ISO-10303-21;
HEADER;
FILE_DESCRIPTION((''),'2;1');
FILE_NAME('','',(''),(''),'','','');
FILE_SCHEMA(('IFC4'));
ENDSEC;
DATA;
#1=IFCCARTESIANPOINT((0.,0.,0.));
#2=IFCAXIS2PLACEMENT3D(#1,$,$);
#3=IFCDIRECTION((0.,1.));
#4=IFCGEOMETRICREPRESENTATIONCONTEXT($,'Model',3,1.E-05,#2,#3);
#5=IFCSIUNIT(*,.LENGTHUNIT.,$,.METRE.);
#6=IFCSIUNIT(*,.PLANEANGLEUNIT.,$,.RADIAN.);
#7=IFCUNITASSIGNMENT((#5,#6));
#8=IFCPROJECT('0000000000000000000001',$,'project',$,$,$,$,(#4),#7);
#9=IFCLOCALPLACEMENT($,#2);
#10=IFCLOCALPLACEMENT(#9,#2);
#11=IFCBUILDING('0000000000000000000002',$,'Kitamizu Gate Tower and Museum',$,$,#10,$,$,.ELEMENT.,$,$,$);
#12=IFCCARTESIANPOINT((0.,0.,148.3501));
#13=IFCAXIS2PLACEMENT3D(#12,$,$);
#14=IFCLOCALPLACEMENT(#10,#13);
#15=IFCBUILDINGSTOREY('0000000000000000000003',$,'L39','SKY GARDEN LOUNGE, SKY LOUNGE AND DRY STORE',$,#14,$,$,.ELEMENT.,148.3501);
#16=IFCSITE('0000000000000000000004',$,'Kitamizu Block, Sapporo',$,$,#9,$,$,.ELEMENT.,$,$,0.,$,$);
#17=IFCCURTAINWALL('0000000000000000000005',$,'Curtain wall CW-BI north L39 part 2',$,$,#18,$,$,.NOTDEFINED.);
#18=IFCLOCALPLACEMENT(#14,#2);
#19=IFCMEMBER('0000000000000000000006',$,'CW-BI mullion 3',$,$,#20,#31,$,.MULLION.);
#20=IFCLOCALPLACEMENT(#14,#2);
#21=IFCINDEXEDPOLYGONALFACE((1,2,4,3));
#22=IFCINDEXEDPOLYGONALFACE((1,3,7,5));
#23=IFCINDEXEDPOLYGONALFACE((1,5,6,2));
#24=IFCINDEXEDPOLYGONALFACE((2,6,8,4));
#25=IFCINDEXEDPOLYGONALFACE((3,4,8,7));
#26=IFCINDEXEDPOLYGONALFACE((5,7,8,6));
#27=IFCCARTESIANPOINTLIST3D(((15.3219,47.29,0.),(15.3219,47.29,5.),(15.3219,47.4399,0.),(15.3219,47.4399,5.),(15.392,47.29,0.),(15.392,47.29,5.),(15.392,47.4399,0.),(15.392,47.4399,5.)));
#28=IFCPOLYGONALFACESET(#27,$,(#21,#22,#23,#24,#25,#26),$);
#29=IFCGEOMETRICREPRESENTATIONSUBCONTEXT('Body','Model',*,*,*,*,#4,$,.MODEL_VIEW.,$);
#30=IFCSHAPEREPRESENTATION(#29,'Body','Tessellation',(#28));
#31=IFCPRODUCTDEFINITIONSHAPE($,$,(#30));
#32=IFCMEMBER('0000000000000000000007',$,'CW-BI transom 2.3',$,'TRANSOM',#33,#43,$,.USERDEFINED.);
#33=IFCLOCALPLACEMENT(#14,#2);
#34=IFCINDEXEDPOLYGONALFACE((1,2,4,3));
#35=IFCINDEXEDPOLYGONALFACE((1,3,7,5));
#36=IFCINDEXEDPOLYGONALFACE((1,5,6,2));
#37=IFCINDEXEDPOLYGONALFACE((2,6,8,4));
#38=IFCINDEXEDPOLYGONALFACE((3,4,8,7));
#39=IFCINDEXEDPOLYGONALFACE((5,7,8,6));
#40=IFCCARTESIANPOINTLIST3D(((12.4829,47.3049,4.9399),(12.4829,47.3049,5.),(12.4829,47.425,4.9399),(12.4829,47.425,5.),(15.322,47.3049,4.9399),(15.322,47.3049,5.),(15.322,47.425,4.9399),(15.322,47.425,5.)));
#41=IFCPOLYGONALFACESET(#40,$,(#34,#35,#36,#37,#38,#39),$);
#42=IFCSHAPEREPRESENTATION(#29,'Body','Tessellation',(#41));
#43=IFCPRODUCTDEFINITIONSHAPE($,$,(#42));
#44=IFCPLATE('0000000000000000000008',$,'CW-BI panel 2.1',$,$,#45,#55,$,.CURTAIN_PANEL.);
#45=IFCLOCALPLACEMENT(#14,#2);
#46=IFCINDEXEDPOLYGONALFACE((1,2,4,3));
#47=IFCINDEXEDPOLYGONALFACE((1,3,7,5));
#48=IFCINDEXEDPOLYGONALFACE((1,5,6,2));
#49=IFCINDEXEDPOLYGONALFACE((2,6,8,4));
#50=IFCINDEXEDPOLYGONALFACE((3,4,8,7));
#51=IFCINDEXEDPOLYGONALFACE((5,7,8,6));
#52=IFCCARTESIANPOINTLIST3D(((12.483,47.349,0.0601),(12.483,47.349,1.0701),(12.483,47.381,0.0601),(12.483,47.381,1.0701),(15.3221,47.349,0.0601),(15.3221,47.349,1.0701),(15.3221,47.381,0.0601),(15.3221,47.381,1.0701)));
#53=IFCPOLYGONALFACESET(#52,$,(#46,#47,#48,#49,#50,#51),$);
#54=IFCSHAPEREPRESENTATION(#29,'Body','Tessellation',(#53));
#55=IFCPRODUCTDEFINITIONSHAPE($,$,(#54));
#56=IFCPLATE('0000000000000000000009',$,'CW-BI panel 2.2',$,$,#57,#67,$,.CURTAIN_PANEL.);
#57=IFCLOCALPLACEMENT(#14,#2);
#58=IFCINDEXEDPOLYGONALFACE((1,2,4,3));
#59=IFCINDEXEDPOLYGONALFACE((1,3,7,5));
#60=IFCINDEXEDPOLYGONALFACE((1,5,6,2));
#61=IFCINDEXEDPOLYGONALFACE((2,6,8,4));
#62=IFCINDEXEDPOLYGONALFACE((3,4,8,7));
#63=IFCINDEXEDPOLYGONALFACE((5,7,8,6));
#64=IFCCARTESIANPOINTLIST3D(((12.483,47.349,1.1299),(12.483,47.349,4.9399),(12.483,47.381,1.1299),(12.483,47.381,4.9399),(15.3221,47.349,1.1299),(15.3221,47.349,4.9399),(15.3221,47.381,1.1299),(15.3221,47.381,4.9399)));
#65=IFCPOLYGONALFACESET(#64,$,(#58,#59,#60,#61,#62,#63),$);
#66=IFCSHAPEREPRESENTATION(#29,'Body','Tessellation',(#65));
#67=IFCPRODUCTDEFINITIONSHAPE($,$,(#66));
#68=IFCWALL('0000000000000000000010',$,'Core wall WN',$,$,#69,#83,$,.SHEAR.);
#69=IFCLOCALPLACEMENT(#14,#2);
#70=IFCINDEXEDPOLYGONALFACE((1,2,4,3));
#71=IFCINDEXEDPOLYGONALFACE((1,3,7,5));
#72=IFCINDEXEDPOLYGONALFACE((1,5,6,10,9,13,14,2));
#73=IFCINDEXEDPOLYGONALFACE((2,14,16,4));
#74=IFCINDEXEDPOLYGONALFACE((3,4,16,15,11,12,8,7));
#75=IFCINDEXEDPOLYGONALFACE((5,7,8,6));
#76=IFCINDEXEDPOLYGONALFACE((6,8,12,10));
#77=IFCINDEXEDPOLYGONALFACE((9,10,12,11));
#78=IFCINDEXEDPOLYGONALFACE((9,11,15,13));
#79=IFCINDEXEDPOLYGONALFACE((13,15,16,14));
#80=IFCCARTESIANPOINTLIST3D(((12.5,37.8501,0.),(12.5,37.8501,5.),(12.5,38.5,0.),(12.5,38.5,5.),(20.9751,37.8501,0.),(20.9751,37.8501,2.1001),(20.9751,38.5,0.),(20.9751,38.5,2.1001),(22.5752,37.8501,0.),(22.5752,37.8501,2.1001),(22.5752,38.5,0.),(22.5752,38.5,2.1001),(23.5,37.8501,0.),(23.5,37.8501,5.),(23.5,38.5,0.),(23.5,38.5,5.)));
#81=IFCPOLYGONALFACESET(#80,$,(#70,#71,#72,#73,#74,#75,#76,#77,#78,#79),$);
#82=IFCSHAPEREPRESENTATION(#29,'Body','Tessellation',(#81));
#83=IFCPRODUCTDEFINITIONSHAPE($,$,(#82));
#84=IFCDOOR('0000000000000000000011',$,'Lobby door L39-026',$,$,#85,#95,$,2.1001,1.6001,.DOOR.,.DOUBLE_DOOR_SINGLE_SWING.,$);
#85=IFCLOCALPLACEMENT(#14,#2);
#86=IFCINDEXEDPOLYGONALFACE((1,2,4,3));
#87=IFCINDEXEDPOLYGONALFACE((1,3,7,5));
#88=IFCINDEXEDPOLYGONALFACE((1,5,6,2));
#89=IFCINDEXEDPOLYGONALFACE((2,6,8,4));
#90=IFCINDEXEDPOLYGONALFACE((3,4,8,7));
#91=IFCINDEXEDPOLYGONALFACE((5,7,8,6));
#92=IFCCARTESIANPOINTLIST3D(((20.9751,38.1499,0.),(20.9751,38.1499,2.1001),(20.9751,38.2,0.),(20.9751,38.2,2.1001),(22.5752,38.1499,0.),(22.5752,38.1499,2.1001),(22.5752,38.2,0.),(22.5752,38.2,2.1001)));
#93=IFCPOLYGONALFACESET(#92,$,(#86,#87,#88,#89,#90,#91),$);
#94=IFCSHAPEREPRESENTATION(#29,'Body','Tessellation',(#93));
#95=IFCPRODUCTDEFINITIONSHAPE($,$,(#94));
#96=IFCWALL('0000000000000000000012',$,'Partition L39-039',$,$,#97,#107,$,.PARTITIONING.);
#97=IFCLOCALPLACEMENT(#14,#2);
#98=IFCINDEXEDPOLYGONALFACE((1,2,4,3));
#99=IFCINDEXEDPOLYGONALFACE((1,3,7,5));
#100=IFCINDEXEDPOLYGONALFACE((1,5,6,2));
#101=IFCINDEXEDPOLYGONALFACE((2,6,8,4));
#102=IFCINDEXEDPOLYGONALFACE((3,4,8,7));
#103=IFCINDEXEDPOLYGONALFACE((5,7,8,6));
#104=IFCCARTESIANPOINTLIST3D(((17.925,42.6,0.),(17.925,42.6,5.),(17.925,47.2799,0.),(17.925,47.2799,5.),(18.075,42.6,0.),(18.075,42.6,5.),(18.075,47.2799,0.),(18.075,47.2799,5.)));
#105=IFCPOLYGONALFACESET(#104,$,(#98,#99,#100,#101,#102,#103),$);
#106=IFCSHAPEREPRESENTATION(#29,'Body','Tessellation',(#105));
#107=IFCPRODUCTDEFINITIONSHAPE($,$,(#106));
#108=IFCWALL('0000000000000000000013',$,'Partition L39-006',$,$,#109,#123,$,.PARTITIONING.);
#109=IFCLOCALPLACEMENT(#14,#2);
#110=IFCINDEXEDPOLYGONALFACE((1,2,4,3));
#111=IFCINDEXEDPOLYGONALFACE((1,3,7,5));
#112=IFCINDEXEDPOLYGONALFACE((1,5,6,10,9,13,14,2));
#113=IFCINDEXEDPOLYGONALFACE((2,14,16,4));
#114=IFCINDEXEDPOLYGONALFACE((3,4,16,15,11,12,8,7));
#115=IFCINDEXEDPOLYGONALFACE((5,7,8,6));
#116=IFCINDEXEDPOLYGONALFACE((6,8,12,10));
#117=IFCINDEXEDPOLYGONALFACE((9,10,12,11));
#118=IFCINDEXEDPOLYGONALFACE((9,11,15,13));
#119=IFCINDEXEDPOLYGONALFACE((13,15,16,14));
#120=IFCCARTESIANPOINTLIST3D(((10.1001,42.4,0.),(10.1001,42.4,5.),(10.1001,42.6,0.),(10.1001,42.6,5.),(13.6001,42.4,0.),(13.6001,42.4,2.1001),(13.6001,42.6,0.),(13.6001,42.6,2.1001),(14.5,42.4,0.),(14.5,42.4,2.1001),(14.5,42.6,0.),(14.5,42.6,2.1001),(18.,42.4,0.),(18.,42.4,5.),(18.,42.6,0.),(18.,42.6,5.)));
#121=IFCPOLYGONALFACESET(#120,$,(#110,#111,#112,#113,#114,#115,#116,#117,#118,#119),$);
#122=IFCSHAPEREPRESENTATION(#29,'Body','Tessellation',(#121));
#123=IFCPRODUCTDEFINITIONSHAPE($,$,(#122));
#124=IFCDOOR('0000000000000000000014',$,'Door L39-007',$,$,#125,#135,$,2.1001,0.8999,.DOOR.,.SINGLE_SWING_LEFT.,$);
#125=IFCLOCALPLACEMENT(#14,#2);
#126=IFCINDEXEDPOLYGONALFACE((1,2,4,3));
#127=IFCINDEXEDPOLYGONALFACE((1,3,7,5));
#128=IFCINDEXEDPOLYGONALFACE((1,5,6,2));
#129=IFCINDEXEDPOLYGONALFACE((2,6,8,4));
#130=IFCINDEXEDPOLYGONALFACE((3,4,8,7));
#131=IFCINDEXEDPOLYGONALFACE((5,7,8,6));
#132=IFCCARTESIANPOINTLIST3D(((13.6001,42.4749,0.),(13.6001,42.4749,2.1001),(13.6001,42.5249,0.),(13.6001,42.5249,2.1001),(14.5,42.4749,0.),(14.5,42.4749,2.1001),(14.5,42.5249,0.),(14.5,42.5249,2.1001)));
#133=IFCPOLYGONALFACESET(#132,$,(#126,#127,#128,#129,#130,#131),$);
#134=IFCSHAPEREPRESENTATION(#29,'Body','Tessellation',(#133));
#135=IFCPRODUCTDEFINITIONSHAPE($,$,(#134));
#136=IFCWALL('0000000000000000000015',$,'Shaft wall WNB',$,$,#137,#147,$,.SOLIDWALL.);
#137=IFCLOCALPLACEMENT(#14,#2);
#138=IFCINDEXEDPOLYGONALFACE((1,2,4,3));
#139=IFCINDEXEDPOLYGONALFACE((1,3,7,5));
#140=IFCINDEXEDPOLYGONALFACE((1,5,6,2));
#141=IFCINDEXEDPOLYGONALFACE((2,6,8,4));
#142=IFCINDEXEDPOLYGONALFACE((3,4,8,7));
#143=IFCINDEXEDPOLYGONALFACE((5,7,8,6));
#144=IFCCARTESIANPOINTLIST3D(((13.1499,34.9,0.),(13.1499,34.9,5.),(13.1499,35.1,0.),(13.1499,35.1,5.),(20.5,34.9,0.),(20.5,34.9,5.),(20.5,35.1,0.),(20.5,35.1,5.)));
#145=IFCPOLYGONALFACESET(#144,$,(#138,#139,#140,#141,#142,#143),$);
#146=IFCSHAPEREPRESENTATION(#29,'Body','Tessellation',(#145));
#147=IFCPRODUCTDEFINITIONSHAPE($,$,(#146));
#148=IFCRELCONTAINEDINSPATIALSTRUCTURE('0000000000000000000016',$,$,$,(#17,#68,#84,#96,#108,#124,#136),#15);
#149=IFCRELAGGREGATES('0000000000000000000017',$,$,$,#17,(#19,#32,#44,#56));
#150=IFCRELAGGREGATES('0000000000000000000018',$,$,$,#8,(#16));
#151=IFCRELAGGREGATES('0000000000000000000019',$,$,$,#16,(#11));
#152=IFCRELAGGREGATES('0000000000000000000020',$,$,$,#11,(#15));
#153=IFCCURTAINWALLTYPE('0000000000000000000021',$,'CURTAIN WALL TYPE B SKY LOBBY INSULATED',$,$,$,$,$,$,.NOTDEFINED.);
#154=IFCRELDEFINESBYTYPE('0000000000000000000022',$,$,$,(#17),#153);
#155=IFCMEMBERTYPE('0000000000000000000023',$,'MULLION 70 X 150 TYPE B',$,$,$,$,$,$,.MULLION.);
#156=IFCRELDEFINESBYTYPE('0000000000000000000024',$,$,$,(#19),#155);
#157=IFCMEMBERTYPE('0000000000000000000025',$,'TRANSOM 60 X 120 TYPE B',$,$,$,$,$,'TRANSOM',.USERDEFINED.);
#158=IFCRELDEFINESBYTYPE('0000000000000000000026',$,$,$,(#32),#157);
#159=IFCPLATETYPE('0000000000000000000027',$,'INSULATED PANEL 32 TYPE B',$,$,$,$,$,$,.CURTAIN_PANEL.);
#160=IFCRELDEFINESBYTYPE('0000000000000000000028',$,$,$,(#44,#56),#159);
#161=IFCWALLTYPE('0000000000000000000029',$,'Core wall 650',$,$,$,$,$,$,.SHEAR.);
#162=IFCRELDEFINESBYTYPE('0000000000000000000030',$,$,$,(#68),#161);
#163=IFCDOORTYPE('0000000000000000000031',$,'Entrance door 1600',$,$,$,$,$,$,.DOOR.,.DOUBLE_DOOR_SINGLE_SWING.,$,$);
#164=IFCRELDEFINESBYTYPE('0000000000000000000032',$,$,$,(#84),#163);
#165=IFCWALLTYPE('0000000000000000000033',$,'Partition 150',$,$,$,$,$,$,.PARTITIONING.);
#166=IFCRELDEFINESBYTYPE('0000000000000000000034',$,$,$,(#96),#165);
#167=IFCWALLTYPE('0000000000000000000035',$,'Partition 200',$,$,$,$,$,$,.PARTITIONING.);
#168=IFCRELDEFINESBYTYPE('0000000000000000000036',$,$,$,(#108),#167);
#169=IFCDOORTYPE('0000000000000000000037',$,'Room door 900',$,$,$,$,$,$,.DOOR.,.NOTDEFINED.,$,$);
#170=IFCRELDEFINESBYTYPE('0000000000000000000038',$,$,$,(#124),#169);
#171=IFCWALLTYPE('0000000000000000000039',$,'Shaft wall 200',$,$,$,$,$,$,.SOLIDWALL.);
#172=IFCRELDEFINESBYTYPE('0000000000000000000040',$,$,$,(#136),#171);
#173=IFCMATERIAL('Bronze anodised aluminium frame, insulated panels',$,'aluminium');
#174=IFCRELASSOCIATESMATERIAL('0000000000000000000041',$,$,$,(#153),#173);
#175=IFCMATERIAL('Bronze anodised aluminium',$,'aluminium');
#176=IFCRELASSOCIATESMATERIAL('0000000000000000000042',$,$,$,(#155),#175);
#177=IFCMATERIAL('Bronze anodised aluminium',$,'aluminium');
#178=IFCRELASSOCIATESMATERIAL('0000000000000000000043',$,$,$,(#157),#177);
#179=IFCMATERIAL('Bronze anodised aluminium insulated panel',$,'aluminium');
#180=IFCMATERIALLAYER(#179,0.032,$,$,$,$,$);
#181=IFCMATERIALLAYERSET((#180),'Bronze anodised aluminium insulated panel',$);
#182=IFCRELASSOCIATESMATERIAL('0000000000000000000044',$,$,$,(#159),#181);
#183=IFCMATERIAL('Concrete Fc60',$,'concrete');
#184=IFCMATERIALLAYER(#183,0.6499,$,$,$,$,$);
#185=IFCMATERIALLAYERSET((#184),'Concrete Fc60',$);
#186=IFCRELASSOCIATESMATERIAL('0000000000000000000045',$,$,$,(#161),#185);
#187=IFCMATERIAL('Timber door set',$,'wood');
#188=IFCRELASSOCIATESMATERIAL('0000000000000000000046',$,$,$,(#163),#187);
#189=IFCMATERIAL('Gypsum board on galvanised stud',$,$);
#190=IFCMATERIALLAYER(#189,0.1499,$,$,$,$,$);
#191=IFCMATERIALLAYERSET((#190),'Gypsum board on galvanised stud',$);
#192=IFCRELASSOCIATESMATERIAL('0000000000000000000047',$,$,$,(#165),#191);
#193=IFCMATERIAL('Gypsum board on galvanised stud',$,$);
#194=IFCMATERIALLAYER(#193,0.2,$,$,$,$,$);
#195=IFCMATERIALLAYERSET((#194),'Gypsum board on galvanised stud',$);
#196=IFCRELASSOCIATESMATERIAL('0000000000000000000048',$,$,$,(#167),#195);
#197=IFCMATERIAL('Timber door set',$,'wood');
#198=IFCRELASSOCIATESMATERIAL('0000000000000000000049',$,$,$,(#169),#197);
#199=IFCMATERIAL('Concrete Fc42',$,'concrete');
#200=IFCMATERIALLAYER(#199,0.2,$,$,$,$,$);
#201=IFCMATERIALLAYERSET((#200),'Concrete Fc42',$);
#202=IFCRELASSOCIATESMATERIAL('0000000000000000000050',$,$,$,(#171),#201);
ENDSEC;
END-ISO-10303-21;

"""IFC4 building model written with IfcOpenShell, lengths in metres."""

from ifc_helpers import new_model, si_unit, direction, frame, frame_2d, origin, origin_2d, place, context, subcontext, project, spatial, rectangle, extrude, material, layer, layer_set, material_profile, profile_set, type_object, element, fill, aggregate, save


model = new_model("IFC4")

# Units and contexts
model_context = context("Model", 3, precision=1e-05, world=origin(), true_north=direction((0.0, 1.0)))
body_context = subcontext(model_context, "Body", "Model", "MODEL_VIEW")
ifc_project = project(units=[si_unit("LENGTHUNIT", "METRE"), si_unit("PLANEANGLEUNIT", "RADIAN")], contexts=[model_context])

# Site, building, storey
site_placement = place(None, origin())
site = spatial("IfcSite", under=ifc_project, at=site_placement, Name="Kitamizu Block, Sapporo", CompositionType="ELEMENT", RefElevation=0.0)
building_placement = place(site_placement, origin())
building = spatial("IfcBuilding", under=site, at=building_placement, Name="Kitamizu Gate Tower and Museum", CompositionType="ELEMENT")
storey_placement = place(building_placement, frame((0.0, 0.0, 148.3501)))
storey = spatial("IfcBuildingStorey", under=building, at=storey_placement, Name="L39", Description="SKY GARDEN LOUNGE, SKY LOUNGE AND DRY STORE", CompositionType="ELEMENT", Elevation=148.3501)

# Curtain wall, members, plates
ifc_material_1 = material(Name="Bronze anodised aluminium frame, insulated panels", Category="aluminium")
curtain_wall_type = type_object("IfcCurtainWallType", Name="CURTAIN WALL TYPE B SKY LOBBY INSULATED", PredefinedType="NOTDEFINED", material=ifc_material_1)
curtain_wall_placement = place(storey_placement, origin())
curtain_wall = element("IfcCurtainWall", 1, at=curtain_wall_placement, inside=storey, type_object=curtain_wall_type, Name="Curtain wall CW-BI north L39 part 2", PredefinedType="NOTDEFINED")
ifc_material_2 = material(Name="Bronze anodised aluminium", Category="aluminium")
ifc_material_profile_1 = material_profile(ifc_material_2, rectangle(XDim=0.0701, YDim=0.1499, at=origin_2d()), Name="AL 70X150")
ifc_profile_set_1 = profile_set([ifc_material_profile_1], Name="Bronze anodised aluminium")
member_type_1 = type_object("IfcMemberType", Name="MULLION 70 X 150 TYPE B", PredefinedType="MULLION", material=ifc_profile_set_1)
member_1_placement = place(storey_placement, frame((15.3569, 47.365, 0.0), z_axis=(0.0, 0.0, 1.0), x_axis=(1.0, 0.0, 0.0)))
member_1 = element("IfcMember", 2, at=member_1_placement, type_object=member_type_1, Name="CW-BI mullion 3", PredefinedType="MULLION", context=body_context, shape_type="SweptSolid", body=[
    extrude(rectangle(XDim=0.0701, YDim=0.1499, at=origin_2d()), origin(), (0.0, 0.0, 1.0), 5.0),
])
ifc_material_3 = material(Name="Bronze anodised aluminium", Category="aluminium")
ifc_material_profile_2 = material_profile(ifc_material_3, rectangle(XDim=0.1201, YDim=0.0601, at=origin_2d()), Name="AL 60X120")
ifc_profile_set_2 = profile_set([ifc_material_profile_2], Name="Bronze anodised aluminium")
member_type_2 = type_object("IfcMemberType", Name="TRANSOM 60 X 120 TYPE B", ElementType="TRANSOM", PredefinedType="USERDEFINED", material=ifc_profile_set_2)
member_2_placement = place(storey_placement, frame((12.4829, 47.365, 4.97), z_axis=(1.0, 0.0, 0.0), x_axis=(0.0, 1.0, 0.0)))
member_2 = element("IfcMember", 3, at=member_2_placement, type_object=member_type_2, Name="CW-BI transom 2.3", ObjectType="TRANSOM", PredefinedType="USERDEFINED", context=body_context, shape_type="SweptSolid", body=[
    extrude(rectangle(XDim=0.1201, YDim=0.0601, at=origin_2d()), origin(), (0.0, 0.0, 1.0), 2.8391),
])
ifc_material_4 = material(Name="Bronze anodised aluminium insulated panel", Category="aluminium")
ifc_layer_1 = layer(ifc_material_4, 0.032)
ifc_layer_set_1 = layer_set([ifc_layer_1], Name="Bronze anodised aluminium insulated panel")
plate_type = type_object("IfcPlateType", Name="INSULATED PANEL 32 TYPE B", PredefinedType="CURTAIN_PANEL", material=ifc_layer_set_1)
plate_1_placement = place(storey_placement, frame((13.9026, 47.365, 0.0601), z_axis=(0.0, 0.0, 1.0), x_axis=(1.0, 0.0, 0.0)))
plate_1 = element("IfcPlate", 4, at=plate_1_placement, type_object=plate_type, Name="CW-BI panel 2.1", PredefinedType="CURTAIN_PANEL", context=body_context, shape_type="SweptSolid", body=[
    extrude(rectangle(XDim=2.8391, YDim=0.032, at=origin_2d()), origin(), (0.0, 0.0, 1.0), 1.01),
])
plate_2_placement = place(storey_placement, frame((13.9026, 47.365, 1.1299), z_axis=(0.0, 0.0, 1.0), x_axis=(1.0, 0.0, 0.0)))
plate_2 = element("IfcPlate", 5, at=plate_2_placement, type_object=plate_type, Name="CW-BI panel 2.2", PredefinedType="CURTAIN_PANEL", context=body_context, shape_type="SweptSolid", body=[
    extrude(rectangle(XDim=2.8391, YDim=0.032, at=origin_2d()), origin(), (0.0, 0.0, 1.0), 3.8101),
])
aggregate(curtain_wall, [member_1, member_2, plate_1, plate_2])

# Wall, opening, door
ifc_material_5 = material(Name="Concrete Fc60", Category="concrete")
ifc_layer_2 = layer(ifc_material_5, 0.6499)
ifc_layer_set_2 = layer_set([ifc_layer_2], Name="Concrete Fc60")
wall_type_1 = type_object("IfcWallType", Name="Core wall 650", PredefinedType="SHEAR", material=ifc_layer_set_2)
wall_1_placement = place(storey_placement, frame((12.5, 38.175, 0.0), z_axis=(0.0, 0.0, 1.0), x_axis=(1.0, 0.0, 0.0)))
wall_1 = element("IfcWall", 6, at=wall_1_placement, inside=storey, type_object=wall_type_1, Name="Core wall WN", PredefinedType="SHEAR", context=body_context, shape_type="SweptSolid", body=[
    extrude(rectangle(XDim=11.0, YDim=0.6499, at=frame_2d((5.5, 0.0))), origin(), (0.0, 0.0, 1.0), 5.0),
])
opening_1_placement = place(wall_1_placement, frame((8.4751, 0.0, 0.0)))
opening_1 = element("IfcOpeningElement", 7, at=opening_1_placement, cuts=wall_1, PredefinedType="OPENING", context=body_context, shape_type="SweptSolid", body=[
    extrude(rectangle(XDim=1.6001, YDim=2.1001, at=frame_2d((0.8, 1.05))), frame((0.0, 0.335, 0.0), z_axis=(0.0, -1.0, 0.0), x_axis=(1.0, 0.0, 0.0)), (0.0, 0.0, 1.0), 0.6699),
])
ifc_material_6 = material(Name="Timber door set", Category="wood")
door_type_1 = type_object("IfcDoorType", Name="Entrance door 1600", OperationType="DOUBLE_DOOR_SINGLE_SWING", PredefinedType="DOOR", material=ifc_material_6)
door_1_placement = place(opening_1_placement, origin())
door_1 = element("IfcDoor", 8, at=door_1_placement, inside=storey, type_object=door_type_1, Name="Lobby door L39-026", OperationType="DOUBLE_DOOR_SINGLE_SWING", OverallHeight=2.1001, OverallWidth=1.6001, PredefinedType="DOOR", context=body_context, shape_type="SweptSolid", body=[
    extrude(rectangle(XDim=1.6001, YDim=2.1001, at=frame_2d((0.8, 1.05))), frame((0.0, 0.0249, 0.0), z_axis=(0.0, -1.0, 0.0), x_axis=(1.0, 0.0, 0.0)), (0.0, 0.0, 1.0), 0.05),
])
fill(opening_1, door_1)

# Wall
ifc_material_7 = material(Name="Gypsum board on galvanised stud")
ifc_layer_3 = layer(ifc_material_7, 0.1499)
ifc_layer_set_3 = layer_set([ifc_layer_3], Name="Gypsum board on galvanised stud")
wall_type_2 = type_object("IfcWallType", Name="Partition 150", PredefinedType="PARTITIONING", material=ifc_layer_set_3)
wall_2_placement = place(storey_placement, frame((18.0, 42.6001, 0.0), z_axis=(0.0, 0.0, 1.0), x_axis=(0.0, 1.0, 0.0)))
element("IfcWall", 9, at=wall_2_placement, inside=storey, type_object=wall_type_2, Name="Partition L39-039", PredefinedType="PARTITIONING", context=body_context, shape_type="SweptSolid", body=[
    extrude(rectangle(XDim=4.6799, YDim=0.1499, at=frame_2d((2.3398, 0.0))), origin(), (0.0, 0.0, 1.0), 5.0),
])

# Wall, opening, door
ifc_material_8 = material(Name="Gypsum board on galvanised stud")
ifc_layer_4 = layer(ifc_material_8, 0.2)
ifc_layer_set_4 = layer_set([ifc_layer_4], Name="Gypsum board on galvanised stud")
wall_type_3 = type_object("IfcWallType", Name="Partition 200", PredefinedType="PARTITIONING", material=ifc_layer_set_4)
wall_3_placement = place(storey_placement, frame((18.0, 42.5, 0.0), z_axis=(0.0, 0.0, 1.0), x_axis=(-1.0, 0.0, 0.0)))
wall_3 = element("IfcWall", 10, at=wall_3_placement, inside=storey, type_object=wall_type_3, Name="Partition L39-006", PredefinedType="PARTITIONING", context=body_context, shape_type="SweptSolid", body=[
    extrude(rectangle(XDim=7.8999, YDim=0.2, at=frame_2d((3.95, 0.0))), origin(), (0.0, 0.0, 1.0), 5.0),
])
opening_2_placement = place(wall_3_placement, frame((3.5, 0.0, 0.0)))
opening_2 = element("IfcOpeningElement", 11, at=opening_2_placement, cuts=wall_3, PredefinedType="OPENING", context=body_context, shape_type="SweptSolid", body=[
    extrude(rectangle(XDim=0.8999, YDim=2.1001, at=frame_2d((0.45, 1.05))), frame((0.0, 0.1099, 0.0), z_axis=(0.0, -1.0, 0.0), x_axis=(1.0, 0.0, 0.0)), (0.0, 0.0, 1.0), 0.22),
])
ifc_material_9 = material(Name="Timber door set", Category="wood")
door_type_2 = type_object("IfcDoorType", Name="Room door 900", OperationType="NOTDEFINED", PredefinedType="DOOR", material=ifc_material_9)
door_2_placement = place(opening_2_placement, frame((0.8999, 0.0, 0.0), x_axis=(-1.0, 0.0, 0.0)))
door_2 = element("IfcDoor", 12, at=door_2_placement, inside=storey, type_object=door_type_2, Name="Door L39-007", OperationType="SINGLE_SWING_LEFT", OverallHeight=2.1001, OverallWidth=0.8999, PredefinedType="DOOR", context=body_context, shape_type="SweptSolid", body=[
    extrude(rectangle(XDim=0.8999, YDim=2.1001, at=frame_2d((0.45, 1.05))), frame((0.0, 0.0249, 0.0), z_axis=(0.0, -1.0, 0.0), x_axis=(1.0, 0.0, 0.0)), (0.0, 0.0, 1.0), 0.05),
])
fill(opening_2, door_2)

# Wall
ifc_material_10 = material(Name="Concrete Fc42", Category="concrete")
ifc_layer_5 = layer(ifc_material_10, 0.2)
ifc_layer_set_5 = layer_set([ifc_layer_5], Name="Concrete Fc42")
wall_type_4 = type_object("IfcWallType", Name="Shaft wall 200", PredefinedType="SOLIDWALL", material=ifc_layer_set_5)
wall_4_placement = place(storey_placement, frame((13.1499, 35.0, 0.0), z_axis=(0.0, 0.0, 1.0), x_axis=(1.0, 0.0, 0.0)))
element("IfcWall", 13, at=wall_4_placement, inside=storey, type_object=wall_type_4, Name="Shaft wall WNB", PredefinedType="SOLIDWALL", context=body_context, shape_type="SweptSolid", body=[
    extrude(rectangle(XDim=7.3501, YDim=0.2, at=frame_2d((3.675, 0.0))), origin(), (0.0, 0.0, 1.0), 5.0),
])

save(model, "model.ifc")
